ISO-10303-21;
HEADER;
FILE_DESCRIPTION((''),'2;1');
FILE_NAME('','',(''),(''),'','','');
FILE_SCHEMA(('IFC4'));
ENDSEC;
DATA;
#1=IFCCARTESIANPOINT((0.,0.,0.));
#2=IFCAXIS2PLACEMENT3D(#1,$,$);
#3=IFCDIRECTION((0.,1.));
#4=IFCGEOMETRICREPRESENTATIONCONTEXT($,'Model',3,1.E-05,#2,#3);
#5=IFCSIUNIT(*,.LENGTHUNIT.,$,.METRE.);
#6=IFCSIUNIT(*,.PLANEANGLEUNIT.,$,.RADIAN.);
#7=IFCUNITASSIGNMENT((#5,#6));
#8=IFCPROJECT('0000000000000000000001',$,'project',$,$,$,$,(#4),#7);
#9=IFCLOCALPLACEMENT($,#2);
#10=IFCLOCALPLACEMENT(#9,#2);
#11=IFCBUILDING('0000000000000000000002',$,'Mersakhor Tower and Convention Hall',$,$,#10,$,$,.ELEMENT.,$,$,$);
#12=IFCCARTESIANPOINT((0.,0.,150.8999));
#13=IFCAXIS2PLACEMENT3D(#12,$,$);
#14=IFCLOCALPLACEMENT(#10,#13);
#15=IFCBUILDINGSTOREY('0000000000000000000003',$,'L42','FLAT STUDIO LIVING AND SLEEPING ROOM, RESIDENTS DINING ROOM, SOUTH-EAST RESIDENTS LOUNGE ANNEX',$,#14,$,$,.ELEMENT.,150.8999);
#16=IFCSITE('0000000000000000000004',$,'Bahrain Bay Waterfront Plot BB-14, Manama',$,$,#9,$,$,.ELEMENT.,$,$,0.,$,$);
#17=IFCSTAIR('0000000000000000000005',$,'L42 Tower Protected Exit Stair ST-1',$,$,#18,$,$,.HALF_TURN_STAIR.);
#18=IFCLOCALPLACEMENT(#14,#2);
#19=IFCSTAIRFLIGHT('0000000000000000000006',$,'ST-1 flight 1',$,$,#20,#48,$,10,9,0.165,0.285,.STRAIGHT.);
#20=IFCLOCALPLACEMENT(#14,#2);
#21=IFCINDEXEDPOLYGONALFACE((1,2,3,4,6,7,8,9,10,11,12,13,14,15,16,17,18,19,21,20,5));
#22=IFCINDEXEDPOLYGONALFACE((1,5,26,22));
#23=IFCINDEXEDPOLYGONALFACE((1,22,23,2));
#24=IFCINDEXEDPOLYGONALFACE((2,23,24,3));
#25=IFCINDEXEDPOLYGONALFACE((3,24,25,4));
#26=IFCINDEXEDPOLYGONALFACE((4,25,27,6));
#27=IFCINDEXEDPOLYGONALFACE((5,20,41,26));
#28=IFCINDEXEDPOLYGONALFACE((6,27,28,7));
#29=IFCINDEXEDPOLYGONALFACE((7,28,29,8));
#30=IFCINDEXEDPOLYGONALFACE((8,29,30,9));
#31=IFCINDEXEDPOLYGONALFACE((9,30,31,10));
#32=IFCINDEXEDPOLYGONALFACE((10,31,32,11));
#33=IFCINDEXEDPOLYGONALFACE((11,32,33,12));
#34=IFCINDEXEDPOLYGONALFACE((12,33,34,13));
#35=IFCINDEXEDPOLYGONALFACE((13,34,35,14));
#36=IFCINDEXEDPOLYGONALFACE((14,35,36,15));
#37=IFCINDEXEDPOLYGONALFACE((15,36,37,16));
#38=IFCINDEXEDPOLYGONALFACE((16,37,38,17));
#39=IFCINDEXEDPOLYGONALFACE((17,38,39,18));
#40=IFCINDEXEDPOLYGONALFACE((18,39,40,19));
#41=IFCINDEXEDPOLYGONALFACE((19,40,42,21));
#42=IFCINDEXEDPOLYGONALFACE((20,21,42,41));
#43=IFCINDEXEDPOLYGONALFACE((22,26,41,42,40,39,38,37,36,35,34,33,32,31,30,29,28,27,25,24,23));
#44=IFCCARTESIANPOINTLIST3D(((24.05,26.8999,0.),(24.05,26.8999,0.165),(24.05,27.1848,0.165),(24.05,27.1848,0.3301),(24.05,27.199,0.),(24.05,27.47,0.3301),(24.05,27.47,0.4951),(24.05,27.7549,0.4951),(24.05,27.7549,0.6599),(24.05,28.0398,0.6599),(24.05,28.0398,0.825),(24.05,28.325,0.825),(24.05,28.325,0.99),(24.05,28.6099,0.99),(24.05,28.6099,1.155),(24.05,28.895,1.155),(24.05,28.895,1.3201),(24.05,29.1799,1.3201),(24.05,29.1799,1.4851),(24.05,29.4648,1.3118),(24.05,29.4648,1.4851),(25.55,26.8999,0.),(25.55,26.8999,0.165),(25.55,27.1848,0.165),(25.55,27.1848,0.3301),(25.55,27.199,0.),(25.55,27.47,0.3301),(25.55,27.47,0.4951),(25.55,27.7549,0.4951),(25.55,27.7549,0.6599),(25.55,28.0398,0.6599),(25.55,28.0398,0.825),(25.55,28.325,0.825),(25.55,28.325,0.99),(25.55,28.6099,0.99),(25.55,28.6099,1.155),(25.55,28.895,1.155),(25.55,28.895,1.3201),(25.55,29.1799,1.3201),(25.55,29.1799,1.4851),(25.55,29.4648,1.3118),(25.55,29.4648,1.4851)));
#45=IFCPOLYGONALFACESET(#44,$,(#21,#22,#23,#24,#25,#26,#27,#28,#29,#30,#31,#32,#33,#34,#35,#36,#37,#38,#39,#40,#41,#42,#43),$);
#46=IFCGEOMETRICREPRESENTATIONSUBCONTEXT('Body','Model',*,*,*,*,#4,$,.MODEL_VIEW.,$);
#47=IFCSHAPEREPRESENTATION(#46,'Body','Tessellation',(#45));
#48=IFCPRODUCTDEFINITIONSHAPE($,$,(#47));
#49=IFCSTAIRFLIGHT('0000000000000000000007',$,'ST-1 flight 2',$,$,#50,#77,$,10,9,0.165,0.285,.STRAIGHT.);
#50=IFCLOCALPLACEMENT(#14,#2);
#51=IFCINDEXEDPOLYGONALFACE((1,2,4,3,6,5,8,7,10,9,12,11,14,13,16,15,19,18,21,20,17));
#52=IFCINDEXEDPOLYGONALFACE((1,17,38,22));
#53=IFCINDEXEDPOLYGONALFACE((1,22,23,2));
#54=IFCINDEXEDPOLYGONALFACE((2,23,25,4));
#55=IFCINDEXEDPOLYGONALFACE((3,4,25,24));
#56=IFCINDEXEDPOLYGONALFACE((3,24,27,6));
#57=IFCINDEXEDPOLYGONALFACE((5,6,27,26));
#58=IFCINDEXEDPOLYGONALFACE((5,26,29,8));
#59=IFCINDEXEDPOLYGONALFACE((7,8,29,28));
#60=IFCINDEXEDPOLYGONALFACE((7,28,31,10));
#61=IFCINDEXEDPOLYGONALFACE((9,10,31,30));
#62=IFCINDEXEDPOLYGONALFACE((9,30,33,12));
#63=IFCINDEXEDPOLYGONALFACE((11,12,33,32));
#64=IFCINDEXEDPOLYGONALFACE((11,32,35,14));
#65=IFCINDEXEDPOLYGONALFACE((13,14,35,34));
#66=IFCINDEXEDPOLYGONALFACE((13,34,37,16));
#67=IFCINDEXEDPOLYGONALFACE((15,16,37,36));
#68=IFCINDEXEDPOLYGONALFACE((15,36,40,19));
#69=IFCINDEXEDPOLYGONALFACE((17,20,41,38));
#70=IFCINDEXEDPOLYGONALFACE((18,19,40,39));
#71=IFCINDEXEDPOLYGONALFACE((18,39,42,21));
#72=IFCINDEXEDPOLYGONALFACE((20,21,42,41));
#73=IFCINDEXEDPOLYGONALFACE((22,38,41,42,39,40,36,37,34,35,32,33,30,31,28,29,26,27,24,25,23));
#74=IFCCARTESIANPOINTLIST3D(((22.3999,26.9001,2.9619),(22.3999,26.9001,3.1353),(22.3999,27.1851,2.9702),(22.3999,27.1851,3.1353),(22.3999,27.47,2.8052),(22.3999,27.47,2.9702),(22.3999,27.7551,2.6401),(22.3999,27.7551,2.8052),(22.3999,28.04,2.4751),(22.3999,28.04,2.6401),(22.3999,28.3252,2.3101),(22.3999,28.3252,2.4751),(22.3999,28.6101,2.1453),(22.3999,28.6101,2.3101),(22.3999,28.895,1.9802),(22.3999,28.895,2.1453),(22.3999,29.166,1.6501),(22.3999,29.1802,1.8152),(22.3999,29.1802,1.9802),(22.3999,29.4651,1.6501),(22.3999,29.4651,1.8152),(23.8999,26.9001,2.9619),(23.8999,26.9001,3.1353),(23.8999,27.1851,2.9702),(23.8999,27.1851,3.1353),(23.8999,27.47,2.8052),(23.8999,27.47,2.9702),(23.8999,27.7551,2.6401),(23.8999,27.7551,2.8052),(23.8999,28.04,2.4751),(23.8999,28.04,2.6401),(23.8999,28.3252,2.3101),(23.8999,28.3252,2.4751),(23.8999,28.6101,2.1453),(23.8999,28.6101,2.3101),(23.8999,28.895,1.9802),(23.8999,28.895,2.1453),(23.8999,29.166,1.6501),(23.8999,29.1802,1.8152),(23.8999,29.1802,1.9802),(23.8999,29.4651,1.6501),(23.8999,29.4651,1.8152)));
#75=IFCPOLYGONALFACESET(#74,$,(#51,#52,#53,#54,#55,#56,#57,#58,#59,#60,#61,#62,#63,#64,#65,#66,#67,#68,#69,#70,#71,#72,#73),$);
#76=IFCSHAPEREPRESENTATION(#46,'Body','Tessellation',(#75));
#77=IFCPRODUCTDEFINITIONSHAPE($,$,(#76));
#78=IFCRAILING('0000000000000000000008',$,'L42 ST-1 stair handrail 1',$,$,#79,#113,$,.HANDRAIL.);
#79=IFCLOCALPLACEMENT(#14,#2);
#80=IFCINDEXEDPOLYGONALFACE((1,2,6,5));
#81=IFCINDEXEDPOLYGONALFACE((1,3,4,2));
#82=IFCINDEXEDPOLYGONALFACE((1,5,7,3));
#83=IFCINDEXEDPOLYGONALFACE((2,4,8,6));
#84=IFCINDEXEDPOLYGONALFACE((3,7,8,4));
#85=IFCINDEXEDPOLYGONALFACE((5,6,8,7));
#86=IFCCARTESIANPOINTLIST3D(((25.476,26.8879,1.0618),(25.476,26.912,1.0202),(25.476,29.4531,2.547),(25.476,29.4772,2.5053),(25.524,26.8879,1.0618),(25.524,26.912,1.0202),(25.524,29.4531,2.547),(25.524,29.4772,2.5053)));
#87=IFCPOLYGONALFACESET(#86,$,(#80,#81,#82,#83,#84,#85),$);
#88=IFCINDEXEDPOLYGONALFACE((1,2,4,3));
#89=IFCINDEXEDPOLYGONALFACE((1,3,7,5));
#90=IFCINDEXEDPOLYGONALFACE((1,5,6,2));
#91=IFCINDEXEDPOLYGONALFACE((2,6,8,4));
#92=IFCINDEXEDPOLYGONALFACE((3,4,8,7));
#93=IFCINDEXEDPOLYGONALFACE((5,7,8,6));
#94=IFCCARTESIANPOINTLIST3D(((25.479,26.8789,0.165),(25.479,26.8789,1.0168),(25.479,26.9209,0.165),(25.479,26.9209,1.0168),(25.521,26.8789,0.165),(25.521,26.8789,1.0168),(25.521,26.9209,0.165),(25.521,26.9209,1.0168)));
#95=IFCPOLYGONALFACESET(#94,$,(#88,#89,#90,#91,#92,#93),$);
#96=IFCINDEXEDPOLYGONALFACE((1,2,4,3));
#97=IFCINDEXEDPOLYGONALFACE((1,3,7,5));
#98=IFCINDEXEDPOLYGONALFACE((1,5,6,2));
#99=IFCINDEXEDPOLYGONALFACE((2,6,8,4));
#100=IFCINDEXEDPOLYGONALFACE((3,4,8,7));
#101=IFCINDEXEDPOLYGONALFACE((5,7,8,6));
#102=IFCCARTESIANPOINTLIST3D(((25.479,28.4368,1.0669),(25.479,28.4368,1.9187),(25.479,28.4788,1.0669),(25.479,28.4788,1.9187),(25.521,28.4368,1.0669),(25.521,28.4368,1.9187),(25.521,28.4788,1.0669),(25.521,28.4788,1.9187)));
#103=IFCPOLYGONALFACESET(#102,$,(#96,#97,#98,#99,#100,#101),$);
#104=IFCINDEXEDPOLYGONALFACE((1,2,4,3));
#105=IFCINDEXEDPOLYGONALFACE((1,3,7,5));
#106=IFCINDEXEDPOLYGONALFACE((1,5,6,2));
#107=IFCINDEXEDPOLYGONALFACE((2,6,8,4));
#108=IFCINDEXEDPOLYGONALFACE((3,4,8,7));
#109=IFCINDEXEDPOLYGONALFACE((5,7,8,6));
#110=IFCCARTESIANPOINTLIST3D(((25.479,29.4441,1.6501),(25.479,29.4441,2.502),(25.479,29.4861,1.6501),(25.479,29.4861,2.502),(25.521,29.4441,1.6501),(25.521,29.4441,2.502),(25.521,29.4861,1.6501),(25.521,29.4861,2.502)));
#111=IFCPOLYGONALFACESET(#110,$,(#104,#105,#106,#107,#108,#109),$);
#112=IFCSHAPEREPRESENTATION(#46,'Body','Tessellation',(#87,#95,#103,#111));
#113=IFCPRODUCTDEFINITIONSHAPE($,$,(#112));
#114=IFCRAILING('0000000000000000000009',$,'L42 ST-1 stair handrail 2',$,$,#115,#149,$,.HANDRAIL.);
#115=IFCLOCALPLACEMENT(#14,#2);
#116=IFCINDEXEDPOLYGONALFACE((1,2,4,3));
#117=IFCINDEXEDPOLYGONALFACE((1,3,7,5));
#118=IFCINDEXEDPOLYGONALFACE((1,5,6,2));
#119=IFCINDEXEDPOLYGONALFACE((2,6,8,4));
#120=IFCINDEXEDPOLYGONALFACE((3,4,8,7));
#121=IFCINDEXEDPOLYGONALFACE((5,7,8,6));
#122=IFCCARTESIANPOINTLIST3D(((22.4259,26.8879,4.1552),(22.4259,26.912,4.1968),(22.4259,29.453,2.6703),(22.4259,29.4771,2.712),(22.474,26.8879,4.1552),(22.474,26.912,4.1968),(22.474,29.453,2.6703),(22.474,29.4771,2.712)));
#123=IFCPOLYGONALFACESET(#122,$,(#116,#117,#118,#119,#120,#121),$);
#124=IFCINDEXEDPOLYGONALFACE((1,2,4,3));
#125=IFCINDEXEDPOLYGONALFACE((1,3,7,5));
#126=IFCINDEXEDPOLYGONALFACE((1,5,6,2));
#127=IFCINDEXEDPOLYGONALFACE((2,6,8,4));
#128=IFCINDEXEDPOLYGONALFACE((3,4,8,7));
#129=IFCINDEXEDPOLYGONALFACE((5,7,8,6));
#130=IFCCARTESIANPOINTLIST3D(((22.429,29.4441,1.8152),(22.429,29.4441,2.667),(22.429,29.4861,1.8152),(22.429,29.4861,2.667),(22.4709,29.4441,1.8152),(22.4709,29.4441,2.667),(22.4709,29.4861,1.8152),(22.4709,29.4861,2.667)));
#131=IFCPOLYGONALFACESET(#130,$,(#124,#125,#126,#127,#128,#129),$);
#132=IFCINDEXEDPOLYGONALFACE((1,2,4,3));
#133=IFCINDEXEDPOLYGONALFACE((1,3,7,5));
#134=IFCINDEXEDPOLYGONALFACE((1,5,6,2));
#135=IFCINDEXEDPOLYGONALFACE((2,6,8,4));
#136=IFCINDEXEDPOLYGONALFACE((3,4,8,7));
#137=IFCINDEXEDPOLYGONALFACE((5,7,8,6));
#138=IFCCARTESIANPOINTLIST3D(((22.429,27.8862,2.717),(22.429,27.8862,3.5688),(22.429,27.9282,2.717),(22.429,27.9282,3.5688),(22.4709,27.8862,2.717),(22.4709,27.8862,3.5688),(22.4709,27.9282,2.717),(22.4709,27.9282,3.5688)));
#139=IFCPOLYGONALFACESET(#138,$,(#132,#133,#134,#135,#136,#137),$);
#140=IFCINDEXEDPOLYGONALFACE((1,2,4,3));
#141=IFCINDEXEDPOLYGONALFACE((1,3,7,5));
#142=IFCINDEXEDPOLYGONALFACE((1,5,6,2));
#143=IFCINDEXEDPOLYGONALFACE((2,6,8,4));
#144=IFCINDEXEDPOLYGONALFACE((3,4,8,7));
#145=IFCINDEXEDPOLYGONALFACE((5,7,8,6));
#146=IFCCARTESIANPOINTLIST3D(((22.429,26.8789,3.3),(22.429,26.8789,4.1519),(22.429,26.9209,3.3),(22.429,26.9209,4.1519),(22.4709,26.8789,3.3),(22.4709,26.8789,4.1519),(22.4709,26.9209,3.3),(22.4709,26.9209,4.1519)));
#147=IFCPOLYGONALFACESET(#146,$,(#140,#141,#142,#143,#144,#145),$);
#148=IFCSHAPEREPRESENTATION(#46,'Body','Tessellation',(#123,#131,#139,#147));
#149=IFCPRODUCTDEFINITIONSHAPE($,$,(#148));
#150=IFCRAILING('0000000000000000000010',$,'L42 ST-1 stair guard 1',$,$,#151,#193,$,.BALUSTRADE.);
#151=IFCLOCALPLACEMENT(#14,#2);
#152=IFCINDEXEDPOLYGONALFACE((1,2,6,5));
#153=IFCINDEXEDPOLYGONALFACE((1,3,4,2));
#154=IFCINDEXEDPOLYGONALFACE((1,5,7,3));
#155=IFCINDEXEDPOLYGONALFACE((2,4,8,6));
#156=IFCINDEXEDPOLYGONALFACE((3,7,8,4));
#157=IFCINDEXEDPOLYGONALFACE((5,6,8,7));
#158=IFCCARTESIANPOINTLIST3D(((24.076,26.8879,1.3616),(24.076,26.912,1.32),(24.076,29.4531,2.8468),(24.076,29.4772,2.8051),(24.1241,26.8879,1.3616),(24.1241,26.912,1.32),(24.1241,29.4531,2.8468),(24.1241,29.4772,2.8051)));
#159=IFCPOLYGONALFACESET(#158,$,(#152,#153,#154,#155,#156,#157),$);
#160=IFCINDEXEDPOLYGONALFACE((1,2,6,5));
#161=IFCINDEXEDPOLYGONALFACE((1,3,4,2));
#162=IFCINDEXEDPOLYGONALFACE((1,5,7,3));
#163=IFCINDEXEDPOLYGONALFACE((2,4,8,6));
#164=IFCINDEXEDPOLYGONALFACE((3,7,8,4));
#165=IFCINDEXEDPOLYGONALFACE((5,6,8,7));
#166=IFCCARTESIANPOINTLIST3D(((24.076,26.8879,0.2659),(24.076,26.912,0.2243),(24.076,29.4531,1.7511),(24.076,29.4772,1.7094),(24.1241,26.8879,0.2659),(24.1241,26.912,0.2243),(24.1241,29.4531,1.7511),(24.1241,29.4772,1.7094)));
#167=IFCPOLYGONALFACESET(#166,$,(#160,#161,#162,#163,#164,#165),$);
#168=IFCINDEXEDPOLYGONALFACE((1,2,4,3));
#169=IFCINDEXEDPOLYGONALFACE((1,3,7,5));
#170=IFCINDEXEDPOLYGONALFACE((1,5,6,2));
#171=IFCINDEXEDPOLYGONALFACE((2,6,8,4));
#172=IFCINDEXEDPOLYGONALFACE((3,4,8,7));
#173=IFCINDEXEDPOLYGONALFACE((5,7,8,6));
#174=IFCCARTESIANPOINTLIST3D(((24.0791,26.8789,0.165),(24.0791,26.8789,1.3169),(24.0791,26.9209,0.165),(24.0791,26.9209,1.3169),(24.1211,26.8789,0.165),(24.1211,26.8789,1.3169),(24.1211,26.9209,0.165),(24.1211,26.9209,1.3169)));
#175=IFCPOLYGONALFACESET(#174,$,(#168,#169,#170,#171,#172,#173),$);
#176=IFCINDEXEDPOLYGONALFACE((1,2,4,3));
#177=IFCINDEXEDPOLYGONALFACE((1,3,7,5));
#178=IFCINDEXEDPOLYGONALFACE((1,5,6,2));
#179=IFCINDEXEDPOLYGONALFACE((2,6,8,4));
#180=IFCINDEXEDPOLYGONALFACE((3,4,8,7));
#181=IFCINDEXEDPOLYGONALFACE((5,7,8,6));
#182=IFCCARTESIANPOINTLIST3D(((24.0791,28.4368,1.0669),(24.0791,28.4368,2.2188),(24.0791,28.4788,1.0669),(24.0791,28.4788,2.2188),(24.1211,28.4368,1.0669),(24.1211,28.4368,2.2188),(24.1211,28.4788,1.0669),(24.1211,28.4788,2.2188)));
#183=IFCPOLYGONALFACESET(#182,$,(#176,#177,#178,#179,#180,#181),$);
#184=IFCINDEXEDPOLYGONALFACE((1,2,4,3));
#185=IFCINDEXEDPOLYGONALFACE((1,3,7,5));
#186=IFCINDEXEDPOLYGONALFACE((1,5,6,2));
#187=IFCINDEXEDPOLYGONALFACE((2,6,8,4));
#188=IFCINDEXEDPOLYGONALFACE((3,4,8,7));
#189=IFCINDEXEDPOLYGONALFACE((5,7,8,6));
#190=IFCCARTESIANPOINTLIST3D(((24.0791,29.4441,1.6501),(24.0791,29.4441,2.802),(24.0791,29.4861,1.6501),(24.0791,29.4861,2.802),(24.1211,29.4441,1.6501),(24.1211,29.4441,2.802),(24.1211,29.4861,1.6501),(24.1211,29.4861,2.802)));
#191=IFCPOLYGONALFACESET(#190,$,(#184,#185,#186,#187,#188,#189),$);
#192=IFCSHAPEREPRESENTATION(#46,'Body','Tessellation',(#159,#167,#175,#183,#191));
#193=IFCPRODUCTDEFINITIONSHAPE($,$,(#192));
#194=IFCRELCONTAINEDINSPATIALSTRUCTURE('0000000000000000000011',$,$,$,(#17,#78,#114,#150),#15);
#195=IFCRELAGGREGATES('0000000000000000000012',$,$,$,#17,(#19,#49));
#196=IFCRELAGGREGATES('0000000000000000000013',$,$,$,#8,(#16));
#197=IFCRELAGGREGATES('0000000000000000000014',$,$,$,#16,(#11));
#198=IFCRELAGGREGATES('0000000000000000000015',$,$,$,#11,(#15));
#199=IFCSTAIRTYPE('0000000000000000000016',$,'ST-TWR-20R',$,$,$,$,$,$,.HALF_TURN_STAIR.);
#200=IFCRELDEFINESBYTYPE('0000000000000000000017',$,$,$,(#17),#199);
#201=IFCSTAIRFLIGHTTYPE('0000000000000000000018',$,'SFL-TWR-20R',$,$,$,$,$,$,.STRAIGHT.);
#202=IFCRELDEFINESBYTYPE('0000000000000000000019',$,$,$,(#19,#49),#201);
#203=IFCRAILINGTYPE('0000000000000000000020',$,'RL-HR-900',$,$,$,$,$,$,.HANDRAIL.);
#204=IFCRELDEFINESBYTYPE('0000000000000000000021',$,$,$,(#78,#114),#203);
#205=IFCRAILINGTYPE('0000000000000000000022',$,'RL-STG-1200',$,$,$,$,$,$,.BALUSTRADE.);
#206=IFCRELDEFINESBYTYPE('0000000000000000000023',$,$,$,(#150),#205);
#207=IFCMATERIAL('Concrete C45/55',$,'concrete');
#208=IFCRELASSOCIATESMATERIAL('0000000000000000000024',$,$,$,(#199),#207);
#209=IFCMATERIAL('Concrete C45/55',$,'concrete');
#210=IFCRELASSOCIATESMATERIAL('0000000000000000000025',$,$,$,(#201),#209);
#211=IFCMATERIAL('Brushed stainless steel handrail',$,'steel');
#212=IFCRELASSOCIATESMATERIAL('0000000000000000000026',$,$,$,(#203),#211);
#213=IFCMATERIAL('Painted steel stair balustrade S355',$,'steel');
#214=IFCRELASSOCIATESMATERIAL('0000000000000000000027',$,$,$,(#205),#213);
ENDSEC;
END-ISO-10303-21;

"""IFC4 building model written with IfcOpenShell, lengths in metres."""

from ifc_helpers import new_model, si_unit, direction, frame, origin, origin_2d, place, context, subcontext, project, spatial, polyline, rectangle, outline, extrude, material, type_object, element, aggregate, save


model = new_model("IFC4")

# Units and contexts
model_context = context("Model", 3, precision=1e-05, world=origin(), true_north=direction((0.0, 1.0)))
body_context = subcontext(model_context, "Body", "Model", "MODEL_VIEW")
ifc_project = project(units=[si_unit("LENGTHUNIT", "METRE"), si_unit("PLANEANGLEUNIT", "RADIAN")], contexts=[model_context])

# Site, building, storey
site_placement = place(None, origin())
site = spatial("IfcSite", under=ifc_project, at=site_placement, Name="Bahrain Bay Waterfront Plot BB-14, Manama", CompositionType="ELEMENT", RefElevation=0.0)
building_placement = place(site_placement, origin())
building = spatial("IfcBuilding", under=site, at=building_placement, Name="Mersakhor Tower and Convention Hall", CompositionType="ELEMENT")
storey_placement = place(building_placement, frame((0.0, 0.0, 150.8999)))
storey = spatial("IfcBuildingStorey", under=building, at=storey_placement, Name="L42", Description="FLAT STUDIO LIVING AND SLEEPING ROOM, RESIDENTS DINING ROOM, SOUTH-EAST RESIDENTS LOUNGE ANNEX", CompositionType="ELEMENT", Elevation=150.8999)

# Stair, stair flights
ifc_material_1 = material(Name="Concrete C45/55", Category="concrete")
stair_type = type_object("IfcStairType", Name="ST-TWR-20R", PredefinedType="HALF_TURN_STAIR", material=ifc_material_1)
stair_placement = place(storey_placement, origin())
stair = element("IfcStair", 1, at=stair_placement, inside=storey, type_object=stair_type, Name="L42 Tower Protected Exit Stair ST-1", PredefinedType="HALF_TURN_STAIR")
ifc_material_2 = material(Name="Concrete C45/55", Category="concrete")
stair_flight_type = type_object("IfcStairFlightType", Name="SFL-TWR-20R", PredefinedType="STRAIGHT", material=ifc_material_2)
stair_flight_1_placement = place(storey_placement, frame((24.8, 26.8999, 0.0), z_axis=(0.0, 0.0, 1.0), x_axis=(0.0, 1.0, 0.0)))
stair_flight_1 = element("IfcStairFlight", 2, at=stair_flight_1_placement, type_object=stair_flight_type, Name="ST-1 flight 1", NumberOfRisers=10, NumberOfTreads=9, PredefinedType="STRAIGHT", RiserHeight=0.165, TreadLength=0.285, context=body_context, shape_type="SweptSolid", body=[
    extrude(outline(polyline([(0.0, 0.0), (0.0, 0.165), (0.2849, 0.165), (0.2849, 0.3301), (0.5701, 0.3301), (0.5701, 0.4951), (0.855, 0.4951), (0.855, 0.6599), (1.1399, 0.6599), (1.1399, 0.825), (1.425, 0.825), (1.425, 0.99), (1.71, 0.99), (1.71, 1.155), (1.9951, 1.155), (1.9951, 1.3201), (2.28, 1.3201), (2.28, 1.4851), (2.5649, 1.4851), (2.5649, 1.6499), (2.5649, 1.3118), (0.2991, 0.0), (0.0, 0.0)])), frame((0.0, 0.75, 0.0), z_axis=(0.0, -1.0, 0.0), x_axis=(1.0, 0.0, 0.0)), (0.0, 0.0, 1.0), 1.5),
])
stair_flight_2_placement = place(storey_placement, frame((23.1499, 29.4651, 1.6501), z_axis=(0.0, 0.0, 1.0), x_axis=(0.0, -1.0, 0.0)))
stair_flight_2 = element("IfcStairFlight", 3, at=stair_flight_2_placement, type_object=stair_flight_type, Name="ST-1 flight 2", NumberOfRisers=10, NumberOfTreads=9, PredefinedType="STRAIGHT", RiserHeight=0.165, TreadLength=0.285, context=body_context, shape_type="SweptSolid", body=[
    extrude(outline(polyline([(0.0, 0.0), (0.0, 0.165), (0.2849, 0.165), (0.2849, 0.3301), (0.5701, 0.3301), (0.5701, 0.4951), (0.855, 0.4951), (0.855, 0.6599), (1.1399, 0.6599), (1.1399, 0.825), (1.425, 0.825), (1.425, 0.99), (1.71, 0.99), (1.71, 1.155), (1.9951, 1.155), (1.9951, 1.3201), (2.28, 1.3201), (2.28, 1.4851), (2.5649, 1.4851), (2.5649, 1.6499), (2.5649, 1.3118), (0.2991, 0.0), (0.0, 0.0)])), frame((0.0, 0.75, 0.0), z_axis=(0.0, -1.0, 0.0), x_axis=(1.0, 0.0, 0.0)), (0.0, 0.0, 1.0), 1.5),
])
aggregate(stair, [stair_flight_1, stair_flight_2])

# Railings
ifc_material_3 = material(Name="Brushed stainless steel handrail", Category="steel")
railing_type_1 = type_object("IfcRailingType", Name="RL-HR-900", PredefinedType="HANDRAIL", material=ifc_material_3)
railing_1_placement = place(storey_placement, frame((25.5, 26.8999, 0.165)))
element("IfcRailing", 4, at=railing_1_placement, inside=storey, type_object=railing_type_1, Name="L42 ST-1 stair handrail 1", PredefinedType="HANDRAIL", context=body_context, shape_type="SweptSolid", body=[
    extrude(rectangle(XDim=0.0481, YDim=0.0481, at=origin_2d()), frame((0.0, 0.0, 0.876), z_axis=(0.0, 0.865426, 0.501036), x_axis=(-1.0, 0.0, 0.0)), (0.0, 0.0, 1.0), 2.9641),
    extrude(rectangle(XDim=0.042, YDim=0.042, at=origin_2d()), origin(), (0.0, 0.0, 1.0), 0.8518),
    extrude(rectangle(XDim=0.042, YDim=0.042, at=origin_2d()), frame((0.0, 1.5579, 0.9019)), (0.0, 0.0, 1.0), 0.8518),
    extrude(rectangle(XDim=0.042, YDim=0.042, at=origin_2d()), frame((0.0, 2.5652, 1.4851)), (0.0, 0.0, 1.0), 0.8518),
])
railing_2_placement = place(storey_placement, frame((22.45, 29.4651, 1.8152)))
element("IfcRailing", 5, at=railing_2_placement, inside=storey, type_object=railing_type_1, Name="L42 ST-1 stair handrail 2", PredefinedType="HANDRAIL", context=body_context, shape_type="SweptSolid", body=[
    extrude(rectangle(XDim=0.0481, YDim=0.0481, at=origin_2d()), frame((0.0, 0.0, 0.876), z_axis=(0.0, -0.865462, 0.500975), x_axis=(1.0, 0.0, 0.0)), (0.0, 0.0, 1.0), 2.9639),
    extrude(rectangle(XDim=0.042, YDim=0.042, at=origin_2d()), origin(), (0.0, 0.0, 1.0), 0.8518),
    extrude(rectangle(XDim=0.042, YDim=0.042, at=origin_2d()), frame((0.0, -1.5579, 0.9019)), (0.0, 0.0, 1.0), 0.8518),
    extrude(rectangle(XDim=0.042, YDim=0.042, at=origin_2d()), frame((0.0, -2.5652, 1.4849)), (0.0, 0.0, 1.0), 0.8518),
])
ifc_material_4 = material(Name="Painted steel stair balustrade S355", Category="steel")
railing_type_2 = type_object("IfcRailingType", Name="RL-STG-1200", PredefinedType="BALUSTRADE", material=ifc_material_4)
railing_3_placement = place(storey_placement, frame((24.1001, 26.8999, 0.165)))
element("IfcRailing", 6, at=railing_3_placement, inside=storey, type_object=railing_type_2, Name="L42 ST-1 stair guard 1", PredefinedType="BALUSTRADE", context=body_context, shape_type="SweptSolid", body=[
    extrude(rectangle(XDim=0.0481, YDim=0.0481, at=origin_2d()), frame((0.0, 0.0, 1.1758), z_axis=(0.0, 0.865426, 0.501036), x_axis=(-1.0, 0.0, 0.0)), (0.0, 0.0, 1.0), 2.9641),
    extrude(rectangle(XDim=0.0481, YDim=0.0481, at=origin_2d()), frame((0.0, 0.0, 0.0801), z_axis=(0.0, 0.865426, 0.501036), x_axis=(-1.0, 0.0, 0.0)), (0.0, 0.0, 1.0), 2.9641),
    extrude(rectangle(XDim=0.042, YDim=0.042, at=origin_2d()), origin(), (0.0, 0.0, 1.0), 1.1519),
    extrude(rectangle(XDim=0.042, YDim=0.042, at=origin_2d()), frame((0.0, 1.5579, 0.9019)), (0.0, 0.0, 1.0), 1.1519),
    extrude(rectangle(XDim=0.042, YDim=0.042, at=origin_2d()), frame((0.0, 2.5652, 1.4851)), (0.0, 0.0, 1.0), 1.1519),
])

save(model, "model.ifc")
